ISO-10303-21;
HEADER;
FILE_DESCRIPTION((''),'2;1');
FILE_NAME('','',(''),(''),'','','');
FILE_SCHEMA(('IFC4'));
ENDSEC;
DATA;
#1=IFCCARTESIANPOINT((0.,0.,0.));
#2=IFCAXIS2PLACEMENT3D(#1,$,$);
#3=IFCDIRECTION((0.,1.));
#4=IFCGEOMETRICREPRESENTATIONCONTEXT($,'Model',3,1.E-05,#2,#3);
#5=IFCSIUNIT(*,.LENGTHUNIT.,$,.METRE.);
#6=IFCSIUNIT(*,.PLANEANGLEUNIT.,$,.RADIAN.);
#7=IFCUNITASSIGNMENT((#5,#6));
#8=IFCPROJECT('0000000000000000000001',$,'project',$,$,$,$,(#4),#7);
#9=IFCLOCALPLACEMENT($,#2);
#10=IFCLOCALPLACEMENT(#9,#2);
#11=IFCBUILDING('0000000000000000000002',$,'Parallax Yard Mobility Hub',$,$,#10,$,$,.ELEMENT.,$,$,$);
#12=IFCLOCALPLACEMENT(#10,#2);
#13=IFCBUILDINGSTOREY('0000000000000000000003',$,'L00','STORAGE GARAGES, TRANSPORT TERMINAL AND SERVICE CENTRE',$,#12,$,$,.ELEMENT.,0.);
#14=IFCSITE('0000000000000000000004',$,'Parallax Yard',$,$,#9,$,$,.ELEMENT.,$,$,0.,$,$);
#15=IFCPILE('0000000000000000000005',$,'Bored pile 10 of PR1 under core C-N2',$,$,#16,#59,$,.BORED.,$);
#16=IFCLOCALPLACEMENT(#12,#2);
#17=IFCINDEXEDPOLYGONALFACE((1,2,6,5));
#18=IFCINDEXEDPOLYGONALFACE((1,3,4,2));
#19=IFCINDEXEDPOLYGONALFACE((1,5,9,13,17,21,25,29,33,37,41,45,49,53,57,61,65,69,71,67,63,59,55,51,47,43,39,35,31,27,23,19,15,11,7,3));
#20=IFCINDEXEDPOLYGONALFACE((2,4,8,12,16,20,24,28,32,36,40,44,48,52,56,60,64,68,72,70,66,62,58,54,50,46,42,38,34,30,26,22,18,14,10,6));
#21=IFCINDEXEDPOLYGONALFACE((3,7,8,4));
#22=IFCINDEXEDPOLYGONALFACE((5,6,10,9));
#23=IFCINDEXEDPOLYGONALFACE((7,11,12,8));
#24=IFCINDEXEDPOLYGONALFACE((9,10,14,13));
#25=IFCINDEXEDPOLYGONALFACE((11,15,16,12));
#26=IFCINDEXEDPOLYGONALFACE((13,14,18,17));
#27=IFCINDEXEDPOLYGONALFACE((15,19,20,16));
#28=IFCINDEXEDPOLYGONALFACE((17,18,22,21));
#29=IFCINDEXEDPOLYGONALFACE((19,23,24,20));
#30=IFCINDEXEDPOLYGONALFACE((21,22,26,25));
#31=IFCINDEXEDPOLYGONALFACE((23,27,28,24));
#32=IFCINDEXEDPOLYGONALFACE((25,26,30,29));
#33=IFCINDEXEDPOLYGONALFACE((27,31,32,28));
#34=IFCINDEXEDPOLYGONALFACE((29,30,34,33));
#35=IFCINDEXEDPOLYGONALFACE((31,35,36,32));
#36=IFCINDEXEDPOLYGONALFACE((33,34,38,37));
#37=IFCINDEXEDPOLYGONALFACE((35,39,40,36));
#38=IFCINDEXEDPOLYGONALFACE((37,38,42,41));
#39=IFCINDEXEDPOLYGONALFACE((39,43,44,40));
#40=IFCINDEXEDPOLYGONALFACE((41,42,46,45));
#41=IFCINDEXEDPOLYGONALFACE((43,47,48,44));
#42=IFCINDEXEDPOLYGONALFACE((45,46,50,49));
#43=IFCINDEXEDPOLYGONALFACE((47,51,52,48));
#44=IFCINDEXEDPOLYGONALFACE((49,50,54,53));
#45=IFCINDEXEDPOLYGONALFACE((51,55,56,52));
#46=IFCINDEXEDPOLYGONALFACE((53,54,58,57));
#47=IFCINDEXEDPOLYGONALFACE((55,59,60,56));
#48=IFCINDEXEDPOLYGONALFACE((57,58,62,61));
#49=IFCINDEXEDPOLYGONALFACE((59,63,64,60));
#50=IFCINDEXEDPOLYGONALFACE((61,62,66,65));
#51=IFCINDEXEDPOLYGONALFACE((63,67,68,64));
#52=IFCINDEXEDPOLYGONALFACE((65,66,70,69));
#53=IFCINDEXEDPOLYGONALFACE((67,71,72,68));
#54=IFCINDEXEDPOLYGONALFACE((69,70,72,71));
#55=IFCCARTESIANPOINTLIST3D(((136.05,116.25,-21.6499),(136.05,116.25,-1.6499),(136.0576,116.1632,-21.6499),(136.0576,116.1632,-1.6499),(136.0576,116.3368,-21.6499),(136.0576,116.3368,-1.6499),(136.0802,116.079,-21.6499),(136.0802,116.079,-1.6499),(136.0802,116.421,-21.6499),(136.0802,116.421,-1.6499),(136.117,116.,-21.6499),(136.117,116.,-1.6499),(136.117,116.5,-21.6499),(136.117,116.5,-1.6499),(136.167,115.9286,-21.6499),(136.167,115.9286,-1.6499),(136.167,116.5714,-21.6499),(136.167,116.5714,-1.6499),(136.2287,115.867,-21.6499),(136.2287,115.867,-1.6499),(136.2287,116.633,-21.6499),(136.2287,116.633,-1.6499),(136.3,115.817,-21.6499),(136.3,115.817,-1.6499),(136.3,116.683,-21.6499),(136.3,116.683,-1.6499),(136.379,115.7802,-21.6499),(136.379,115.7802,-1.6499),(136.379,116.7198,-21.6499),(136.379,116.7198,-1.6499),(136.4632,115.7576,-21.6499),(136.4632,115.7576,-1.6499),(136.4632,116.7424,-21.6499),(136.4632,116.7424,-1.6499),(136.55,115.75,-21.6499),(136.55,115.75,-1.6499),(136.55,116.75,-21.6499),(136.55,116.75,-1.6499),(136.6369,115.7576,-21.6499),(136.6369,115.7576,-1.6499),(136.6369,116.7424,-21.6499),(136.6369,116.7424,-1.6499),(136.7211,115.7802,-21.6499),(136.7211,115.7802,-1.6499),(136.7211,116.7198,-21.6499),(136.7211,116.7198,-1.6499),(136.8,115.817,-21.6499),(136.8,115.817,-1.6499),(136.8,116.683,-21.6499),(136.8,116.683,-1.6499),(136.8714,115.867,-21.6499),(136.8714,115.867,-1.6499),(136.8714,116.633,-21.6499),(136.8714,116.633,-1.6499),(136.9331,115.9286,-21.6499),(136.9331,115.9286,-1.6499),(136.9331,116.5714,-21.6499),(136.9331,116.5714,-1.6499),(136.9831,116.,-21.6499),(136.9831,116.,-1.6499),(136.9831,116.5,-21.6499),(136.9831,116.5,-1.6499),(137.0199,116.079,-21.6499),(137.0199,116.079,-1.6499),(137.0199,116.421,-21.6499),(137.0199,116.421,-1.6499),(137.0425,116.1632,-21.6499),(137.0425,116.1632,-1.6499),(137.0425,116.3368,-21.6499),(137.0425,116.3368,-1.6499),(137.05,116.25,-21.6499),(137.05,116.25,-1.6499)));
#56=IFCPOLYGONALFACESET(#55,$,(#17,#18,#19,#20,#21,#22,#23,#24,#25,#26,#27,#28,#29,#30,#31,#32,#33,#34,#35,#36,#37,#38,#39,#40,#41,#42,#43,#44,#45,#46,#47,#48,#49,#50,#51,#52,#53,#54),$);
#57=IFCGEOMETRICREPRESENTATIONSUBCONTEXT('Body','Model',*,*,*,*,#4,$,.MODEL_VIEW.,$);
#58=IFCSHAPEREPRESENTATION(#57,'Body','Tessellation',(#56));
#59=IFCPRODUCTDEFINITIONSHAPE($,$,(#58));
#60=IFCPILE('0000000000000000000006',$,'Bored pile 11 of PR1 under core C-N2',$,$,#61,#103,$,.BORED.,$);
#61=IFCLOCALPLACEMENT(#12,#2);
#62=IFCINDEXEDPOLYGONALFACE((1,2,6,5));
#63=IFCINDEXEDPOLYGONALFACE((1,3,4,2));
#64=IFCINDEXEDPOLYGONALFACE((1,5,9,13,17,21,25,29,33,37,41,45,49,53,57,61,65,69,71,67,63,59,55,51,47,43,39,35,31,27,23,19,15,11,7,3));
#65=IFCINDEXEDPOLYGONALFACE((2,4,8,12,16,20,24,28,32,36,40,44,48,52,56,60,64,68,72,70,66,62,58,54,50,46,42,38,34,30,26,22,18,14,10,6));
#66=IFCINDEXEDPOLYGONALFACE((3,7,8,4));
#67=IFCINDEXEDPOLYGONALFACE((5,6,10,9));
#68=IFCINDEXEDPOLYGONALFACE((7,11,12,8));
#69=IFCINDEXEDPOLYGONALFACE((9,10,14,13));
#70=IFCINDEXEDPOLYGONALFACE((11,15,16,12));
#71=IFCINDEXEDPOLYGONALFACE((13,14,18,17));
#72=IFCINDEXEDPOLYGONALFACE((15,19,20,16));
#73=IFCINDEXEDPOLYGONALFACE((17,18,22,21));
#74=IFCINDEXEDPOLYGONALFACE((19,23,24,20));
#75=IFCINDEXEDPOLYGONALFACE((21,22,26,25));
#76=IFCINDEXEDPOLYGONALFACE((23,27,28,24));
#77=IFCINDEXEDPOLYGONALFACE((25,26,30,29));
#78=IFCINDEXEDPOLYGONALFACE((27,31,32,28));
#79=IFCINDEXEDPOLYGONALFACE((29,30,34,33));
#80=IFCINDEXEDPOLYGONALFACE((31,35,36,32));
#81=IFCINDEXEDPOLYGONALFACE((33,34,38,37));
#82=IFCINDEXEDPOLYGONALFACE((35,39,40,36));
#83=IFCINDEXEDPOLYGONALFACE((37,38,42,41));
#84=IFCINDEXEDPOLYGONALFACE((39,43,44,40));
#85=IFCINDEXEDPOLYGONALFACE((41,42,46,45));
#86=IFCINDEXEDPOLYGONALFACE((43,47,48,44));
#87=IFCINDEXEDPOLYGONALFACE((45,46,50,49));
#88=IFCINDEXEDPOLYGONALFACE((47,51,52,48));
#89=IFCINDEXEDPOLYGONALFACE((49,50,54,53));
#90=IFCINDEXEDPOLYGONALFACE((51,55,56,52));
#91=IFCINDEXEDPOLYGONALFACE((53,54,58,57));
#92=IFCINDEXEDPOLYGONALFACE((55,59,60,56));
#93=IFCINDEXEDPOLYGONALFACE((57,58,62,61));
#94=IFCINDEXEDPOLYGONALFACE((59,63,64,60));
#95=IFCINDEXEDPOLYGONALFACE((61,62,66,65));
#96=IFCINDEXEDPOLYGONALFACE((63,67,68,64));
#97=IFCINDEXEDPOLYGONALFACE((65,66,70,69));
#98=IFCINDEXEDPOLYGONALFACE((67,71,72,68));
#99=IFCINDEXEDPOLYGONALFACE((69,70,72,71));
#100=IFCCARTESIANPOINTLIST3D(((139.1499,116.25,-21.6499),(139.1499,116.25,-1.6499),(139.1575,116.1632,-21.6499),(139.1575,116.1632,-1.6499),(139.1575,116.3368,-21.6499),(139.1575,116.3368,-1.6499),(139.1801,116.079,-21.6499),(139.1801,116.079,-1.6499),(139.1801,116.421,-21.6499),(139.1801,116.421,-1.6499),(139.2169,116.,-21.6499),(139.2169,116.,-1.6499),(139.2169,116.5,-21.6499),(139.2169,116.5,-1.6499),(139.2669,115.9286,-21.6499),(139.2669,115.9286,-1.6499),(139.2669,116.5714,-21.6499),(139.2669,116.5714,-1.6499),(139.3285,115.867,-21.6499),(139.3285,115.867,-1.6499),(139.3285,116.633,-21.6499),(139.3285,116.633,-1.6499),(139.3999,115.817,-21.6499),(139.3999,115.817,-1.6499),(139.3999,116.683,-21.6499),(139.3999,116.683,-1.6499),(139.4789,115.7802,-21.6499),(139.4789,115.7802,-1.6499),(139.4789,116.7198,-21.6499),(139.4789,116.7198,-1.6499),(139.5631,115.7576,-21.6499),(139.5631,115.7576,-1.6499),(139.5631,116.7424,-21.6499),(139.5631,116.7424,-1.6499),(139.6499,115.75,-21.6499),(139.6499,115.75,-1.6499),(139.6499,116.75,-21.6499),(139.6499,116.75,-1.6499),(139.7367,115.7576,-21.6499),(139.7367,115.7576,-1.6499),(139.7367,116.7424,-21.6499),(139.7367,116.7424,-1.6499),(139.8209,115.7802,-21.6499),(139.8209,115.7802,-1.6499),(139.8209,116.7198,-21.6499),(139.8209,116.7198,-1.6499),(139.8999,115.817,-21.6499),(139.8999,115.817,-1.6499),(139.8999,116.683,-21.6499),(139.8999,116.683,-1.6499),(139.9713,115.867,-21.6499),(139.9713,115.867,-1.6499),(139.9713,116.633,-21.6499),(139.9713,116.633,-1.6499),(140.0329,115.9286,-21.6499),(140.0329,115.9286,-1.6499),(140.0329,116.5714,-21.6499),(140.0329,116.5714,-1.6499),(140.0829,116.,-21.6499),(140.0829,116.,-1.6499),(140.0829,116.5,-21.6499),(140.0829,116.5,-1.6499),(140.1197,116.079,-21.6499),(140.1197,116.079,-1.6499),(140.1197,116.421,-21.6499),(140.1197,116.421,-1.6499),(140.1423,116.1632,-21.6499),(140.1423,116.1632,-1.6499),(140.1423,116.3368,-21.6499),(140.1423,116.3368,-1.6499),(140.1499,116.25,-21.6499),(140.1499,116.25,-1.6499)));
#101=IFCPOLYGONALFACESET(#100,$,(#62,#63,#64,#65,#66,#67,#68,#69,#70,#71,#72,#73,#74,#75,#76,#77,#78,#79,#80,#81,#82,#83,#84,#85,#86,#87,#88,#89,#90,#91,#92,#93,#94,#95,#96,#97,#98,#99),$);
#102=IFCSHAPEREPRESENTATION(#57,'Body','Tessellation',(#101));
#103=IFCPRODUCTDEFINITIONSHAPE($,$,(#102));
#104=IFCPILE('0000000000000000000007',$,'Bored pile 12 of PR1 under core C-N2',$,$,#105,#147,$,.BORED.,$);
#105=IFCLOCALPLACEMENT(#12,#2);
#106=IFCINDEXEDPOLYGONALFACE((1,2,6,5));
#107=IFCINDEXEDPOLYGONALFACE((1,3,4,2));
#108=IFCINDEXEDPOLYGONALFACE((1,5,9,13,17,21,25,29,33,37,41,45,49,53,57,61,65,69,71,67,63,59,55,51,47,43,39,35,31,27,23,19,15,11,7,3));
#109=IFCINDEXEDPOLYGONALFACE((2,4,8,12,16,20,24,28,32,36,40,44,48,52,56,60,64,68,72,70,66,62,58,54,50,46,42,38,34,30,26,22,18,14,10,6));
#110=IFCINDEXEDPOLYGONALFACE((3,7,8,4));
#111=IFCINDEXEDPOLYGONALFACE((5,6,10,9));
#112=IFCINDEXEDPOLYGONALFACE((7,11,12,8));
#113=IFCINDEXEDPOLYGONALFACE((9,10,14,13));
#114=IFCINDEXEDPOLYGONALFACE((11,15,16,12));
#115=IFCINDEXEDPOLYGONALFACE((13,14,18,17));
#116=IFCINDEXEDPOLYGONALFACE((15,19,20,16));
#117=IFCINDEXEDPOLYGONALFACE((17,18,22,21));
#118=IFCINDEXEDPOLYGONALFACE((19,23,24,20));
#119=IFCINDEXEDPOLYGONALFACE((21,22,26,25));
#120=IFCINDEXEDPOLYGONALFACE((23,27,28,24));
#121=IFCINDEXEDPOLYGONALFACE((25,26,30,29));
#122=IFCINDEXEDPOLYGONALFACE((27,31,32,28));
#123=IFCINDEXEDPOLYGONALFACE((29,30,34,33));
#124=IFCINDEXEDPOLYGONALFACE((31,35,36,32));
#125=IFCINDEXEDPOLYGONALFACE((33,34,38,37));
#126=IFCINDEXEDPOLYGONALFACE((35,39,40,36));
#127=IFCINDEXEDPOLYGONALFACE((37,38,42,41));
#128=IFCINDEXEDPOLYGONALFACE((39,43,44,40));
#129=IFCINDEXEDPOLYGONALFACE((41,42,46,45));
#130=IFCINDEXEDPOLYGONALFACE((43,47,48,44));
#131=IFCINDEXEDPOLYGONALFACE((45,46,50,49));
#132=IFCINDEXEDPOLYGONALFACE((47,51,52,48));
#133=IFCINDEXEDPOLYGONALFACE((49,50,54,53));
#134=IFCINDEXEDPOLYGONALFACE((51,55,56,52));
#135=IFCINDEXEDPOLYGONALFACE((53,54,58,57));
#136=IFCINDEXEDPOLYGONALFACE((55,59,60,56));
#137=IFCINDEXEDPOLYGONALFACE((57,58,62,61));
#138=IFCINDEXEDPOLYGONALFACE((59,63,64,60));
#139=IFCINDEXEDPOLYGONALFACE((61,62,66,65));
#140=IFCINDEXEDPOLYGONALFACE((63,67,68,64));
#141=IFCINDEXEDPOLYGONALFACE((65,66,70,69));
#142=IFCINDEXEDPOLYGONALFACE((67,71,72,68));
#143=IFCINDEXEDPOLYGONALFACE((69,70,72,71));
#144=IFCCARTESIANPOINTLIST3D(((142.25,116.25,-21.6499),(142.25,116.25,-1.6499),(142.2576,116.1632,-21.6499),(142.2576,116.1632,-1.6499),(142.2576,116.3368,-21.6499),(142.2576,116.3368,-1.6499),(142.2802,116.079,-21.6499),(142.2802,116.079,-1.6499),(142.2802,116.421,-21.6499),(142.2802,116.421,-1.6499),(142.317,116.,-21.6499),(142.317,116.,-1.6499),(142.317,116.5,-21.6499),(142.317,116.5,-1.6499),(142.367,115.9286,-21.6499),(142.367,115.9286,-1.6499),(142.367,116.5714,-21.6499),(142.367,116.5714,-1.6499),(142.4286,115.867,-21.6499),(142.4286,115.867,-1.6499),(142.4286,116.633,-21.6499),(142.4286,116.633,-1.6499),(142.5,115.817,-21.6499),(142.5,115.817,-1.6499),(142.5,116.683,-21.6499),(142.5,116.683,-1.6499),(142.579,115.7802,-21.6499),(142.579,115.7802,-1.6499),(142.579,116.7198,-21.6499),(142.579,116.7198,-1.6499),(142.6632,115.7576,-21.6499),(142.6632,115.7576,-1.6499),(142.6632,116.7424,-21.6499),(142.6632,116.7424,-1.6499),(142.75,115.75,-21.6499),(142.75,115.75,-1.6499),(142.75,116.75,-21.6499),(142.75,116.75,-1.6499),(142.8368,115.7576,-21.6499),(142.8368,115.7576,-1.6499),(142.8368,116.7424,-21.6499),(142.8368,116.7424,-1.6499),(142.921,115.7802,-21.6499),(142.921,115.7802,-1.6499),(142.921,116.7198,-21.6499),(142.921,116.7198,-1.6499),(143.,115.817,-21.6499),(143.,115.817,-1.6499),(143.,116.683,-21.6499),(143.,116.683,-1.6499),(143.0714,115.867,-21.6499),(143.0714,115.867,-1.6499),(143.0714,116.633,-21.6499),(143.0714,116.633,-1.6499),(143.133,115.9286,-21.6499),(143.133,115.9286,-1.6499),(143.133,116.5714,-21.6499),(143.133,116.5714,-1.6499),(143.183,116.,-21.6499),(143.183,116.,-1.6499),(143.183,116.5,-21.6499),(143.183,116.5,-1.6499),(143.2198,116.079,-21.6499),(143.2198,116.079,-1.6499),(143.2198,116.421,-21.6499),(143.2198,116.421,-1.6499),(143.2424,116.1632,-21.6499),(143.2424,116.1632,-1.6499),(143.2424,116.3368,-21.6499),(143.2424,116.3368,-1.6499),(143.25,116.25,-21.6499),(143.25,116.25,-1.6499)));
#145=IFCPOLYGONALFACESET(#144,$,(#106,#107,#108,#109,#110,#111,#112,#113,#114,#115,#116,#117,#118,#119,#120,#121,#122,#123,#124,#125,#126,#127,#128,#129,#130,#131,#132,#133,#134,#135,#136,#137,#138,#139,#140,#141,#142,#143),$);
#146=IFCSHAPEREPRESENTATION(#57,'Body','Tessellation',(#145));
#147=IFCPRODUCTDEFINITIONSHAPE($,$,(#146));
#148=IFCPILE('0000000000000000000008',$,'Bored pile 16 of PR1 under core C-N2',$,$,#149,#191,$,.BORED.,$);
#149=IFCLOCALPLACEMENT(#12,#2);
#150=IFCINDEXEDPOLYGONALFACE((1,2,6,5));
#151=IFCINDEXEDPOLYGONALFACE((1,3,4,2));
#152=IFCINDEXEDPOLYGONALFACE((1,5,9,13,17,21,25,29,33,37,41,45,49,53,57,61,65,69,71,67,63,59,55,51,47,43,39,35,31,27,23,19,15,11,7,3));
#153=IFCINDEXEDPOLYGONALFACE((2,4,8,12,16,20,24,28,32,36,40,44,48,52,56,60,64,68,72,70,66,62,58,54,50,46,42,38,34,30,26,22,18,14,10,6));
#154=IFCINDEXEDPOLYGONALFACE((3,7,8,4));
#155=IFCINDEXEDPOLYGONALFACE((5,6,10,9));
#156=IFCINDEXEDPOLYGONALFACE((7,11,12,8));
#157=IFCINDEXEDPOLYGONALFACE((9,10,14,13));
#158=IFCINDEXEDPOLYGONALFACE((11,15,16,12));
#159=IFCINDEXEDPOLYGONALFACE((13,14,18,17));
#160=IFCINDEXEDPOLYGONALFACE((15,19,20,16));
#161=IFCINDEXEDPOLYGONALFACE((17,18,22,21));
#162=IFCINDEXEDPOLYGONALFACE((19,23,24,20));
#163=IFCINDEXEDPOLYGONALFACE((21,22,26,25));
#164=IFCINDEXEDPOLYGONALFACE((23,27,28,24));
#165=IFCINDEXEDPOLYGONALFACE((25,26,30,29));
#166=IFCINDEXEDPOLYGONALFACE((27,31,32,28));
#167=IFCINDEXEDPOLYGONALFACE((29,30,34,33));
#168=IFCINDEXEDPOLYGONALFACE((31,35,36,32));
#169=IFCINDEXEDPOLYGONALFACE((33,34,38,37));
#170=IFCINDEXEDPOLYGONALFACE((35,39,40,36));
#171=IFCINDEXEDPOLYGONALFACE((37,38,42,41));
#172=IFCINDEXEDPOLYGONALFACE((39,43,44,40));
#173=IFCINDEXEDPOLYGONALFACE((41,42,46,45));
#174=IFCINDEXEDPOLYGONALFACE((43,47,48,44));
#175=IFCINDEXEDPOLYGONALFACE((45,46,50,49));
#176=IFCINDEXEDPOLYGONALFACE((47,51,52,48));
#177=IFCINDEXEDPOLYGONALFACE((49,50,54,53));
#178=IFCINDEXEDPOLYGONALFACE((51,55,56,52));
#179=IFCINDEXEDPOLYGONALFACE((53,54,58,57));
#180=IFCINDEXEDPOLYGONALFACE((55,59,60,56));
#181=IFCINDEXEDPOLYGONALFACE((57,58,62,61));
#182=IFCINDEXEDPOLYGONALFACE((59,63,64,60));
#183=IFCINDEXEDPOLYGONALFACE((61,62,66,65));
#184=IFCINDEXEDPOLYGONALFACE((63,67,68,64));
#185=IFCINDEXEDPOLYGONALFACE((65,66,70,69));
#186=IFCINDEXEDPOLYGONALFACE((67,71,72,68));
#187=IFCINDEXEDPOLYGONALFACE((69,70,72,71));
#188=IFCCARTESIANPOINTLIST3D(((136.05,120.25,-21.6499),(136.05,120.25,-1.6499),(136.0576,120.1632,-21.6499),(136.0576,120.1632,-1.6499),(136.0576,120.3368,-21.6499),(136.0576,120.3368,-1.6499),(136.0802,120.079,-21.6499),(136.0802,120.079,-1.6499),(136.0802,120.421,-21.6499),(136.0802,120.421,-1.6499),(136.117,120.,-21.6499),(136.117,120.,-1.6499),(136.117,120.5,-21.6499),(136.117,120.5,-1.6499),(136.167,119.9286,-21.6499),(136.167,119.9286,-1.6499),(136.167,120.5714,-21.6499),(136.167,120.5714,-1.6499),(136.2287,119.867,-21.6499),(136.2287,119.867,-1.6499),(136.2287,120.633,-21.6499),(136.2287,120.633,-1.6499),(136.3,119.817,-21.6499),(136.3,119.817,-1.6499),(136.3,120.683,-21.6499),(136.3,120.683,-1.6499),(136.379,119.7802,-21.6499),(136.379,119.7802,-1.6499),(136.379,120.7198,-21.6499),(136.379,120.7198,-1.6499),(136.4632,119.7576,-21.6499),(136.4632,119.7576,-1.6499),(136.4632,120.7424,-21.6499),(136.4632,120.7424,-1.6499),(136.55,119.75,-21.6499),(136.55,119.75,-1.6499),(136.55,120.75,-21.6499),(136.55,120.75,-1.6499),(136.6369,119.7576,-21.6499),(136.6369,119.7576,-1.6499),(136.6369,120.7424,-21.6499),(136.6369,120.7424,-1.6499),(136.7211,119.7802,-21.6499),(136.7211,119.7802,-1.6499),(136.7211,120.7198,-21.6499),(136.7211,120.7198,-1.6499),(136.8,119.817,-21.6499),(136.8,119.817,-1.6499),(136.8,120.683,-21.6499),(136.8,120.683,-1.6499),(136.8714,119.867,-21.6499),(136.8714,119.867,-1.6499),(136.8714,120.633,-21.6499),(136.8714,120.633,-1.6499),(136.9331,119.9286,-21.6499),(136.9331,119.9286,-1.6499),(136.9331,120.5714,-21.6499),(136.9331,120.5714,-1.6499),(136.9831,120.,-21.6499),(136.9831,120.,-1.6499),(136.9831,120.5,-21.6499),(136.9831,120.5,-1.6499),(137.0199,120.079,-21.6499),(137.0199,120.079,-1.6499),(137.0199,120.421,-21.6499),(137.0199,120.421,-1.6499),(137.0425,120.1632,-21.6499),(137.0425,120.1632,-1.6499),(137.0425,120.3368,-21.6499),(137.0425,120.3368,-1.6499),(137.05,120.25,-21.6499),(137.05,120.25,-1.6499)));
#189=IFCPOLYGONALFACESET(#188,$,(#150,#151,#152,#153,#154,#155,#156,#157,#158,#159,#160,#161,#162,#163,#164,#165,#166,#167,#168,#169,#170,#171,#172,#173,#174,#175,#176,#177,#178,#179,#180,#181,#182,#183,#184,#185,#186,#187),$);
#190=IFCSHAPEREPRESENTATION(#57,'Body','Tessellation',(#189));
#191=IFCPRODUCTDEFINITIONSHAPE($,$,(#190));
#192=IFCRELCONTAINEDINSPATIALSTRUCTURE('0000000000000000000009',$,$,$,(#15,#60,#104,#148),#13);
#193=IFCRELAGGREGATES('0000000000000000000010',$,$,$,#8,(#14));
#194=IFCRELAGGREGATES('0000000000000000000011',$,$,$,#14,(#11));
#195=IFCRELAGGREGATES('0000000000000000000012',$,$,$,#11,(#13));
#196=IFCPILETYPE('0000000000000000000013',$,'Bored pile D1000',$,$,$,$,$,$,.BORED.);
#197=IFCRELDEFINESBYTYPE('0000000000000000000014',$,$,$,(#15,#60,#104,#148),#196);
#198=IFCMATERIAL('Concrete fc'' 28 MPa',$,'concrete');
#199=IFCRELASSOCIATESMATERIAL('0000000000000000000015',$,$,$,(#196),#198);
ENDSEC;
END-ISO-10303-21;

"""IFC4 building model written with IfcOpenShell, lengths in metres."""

from ifc_helpers import new_model, si_unit, direction, frame, origin, origin_2d, place, context, subcontext, project, spatial, circle, extrude, material, material_profile, profile_set, type_object, element, save


model = new_model("IFC4")

# Units and contexts
model_context = context("Model", 3, precision=1e-05, world=origin(), true_north=direction((0.0, 1.0)))
body_context = subcontext(model_context, "Body", "Model", "MODEL_VIEW")
ifc_project = project(units=[si_unit("LENGTHUNIT", "METRE"), si_unit("PLANEANGLEUNIT", "RADIAN")], contexts=[model_context])

# Site, building, storey
site_placement = place(None, origin())
site = spatial("IfcSite", under=ifc_project, at=site_placement, Name="Parallax Yard", CompositionType="ELEMENT", RefElevation=0.0)
building_placement = place(site_placement, origin())
building = spatial("IfcBuilding", under=site, at=building_placement, Name="Parallax Yard Mobility Hub", CompositionType="ELEMENT")
storey_placement = place(building_placement, origin())
storey = spatial("IfcBuildingStorey", under=building, at=storey_placement, Name="L00", Description="STORAGE GARAGES, TRANSPORT TERMINAL AND SERVICE CENTRE", CompositionType="ELEMENT", Elevation=0.0)

# Piles
ifc_material_1 = material(Name="Concrete fc' 28 MPa", Category="concrete")
ifc_material_profile = material_profile(ifc_material_1, circle(Radius=0.5, at=origin_2d()), Name="Bored pile D1000")
ifc_profile_set = profile_set([ifc_material_profile], Name="Concrete fc' 28 MPa")
pile_type = type_object("IfcPileType", Name="Bored pile D1000", PredefinedType="BORED", material=ifc_profile_set)
for number, where, z_axis, x_axis, name in (
    (1, (136.55, 116.25, -1.6499), (0.0, 0.0, -1.0), (1.0, 0.0, 0.0), "Bored pile 10 of PR1 under core C-N2"),
    (2, (139.6499, 116.25, -1.6499), (0.0, 0.0, -1.0), (1.0, 0.0, 0.0), "Bored pile 11 of PR1 under core C-N2"),
    (3, (142.75, 116.25, -1.6499), (0.0, 0.0, -1.0), (1.0, 0.0, 0.0), "Bored pile 12 of PR1 under core C-N2"),
    (4, (136.55, 120.25, -1.6499), (0.0, 0.0, -1.0), (1.0, 0.0, 0.0), "Bored pile 16 of PR1 under core C-N2"),
):
    element("IfcPile", number, at=place(storey_placement, frame(where, z_axis=z_axis, x_axis=x_axis)), inside=storey, type_object=pile_type, Name=name, PredefinedType="BORED", context=body_context, shape_type="SweptSolid", body=[
        extrude(circle(Radius=0.5, at=origin_2d()), origin(), (0.0, 0.0, 1.0), 20.0),
    ])

save(model, "model.ifc")
